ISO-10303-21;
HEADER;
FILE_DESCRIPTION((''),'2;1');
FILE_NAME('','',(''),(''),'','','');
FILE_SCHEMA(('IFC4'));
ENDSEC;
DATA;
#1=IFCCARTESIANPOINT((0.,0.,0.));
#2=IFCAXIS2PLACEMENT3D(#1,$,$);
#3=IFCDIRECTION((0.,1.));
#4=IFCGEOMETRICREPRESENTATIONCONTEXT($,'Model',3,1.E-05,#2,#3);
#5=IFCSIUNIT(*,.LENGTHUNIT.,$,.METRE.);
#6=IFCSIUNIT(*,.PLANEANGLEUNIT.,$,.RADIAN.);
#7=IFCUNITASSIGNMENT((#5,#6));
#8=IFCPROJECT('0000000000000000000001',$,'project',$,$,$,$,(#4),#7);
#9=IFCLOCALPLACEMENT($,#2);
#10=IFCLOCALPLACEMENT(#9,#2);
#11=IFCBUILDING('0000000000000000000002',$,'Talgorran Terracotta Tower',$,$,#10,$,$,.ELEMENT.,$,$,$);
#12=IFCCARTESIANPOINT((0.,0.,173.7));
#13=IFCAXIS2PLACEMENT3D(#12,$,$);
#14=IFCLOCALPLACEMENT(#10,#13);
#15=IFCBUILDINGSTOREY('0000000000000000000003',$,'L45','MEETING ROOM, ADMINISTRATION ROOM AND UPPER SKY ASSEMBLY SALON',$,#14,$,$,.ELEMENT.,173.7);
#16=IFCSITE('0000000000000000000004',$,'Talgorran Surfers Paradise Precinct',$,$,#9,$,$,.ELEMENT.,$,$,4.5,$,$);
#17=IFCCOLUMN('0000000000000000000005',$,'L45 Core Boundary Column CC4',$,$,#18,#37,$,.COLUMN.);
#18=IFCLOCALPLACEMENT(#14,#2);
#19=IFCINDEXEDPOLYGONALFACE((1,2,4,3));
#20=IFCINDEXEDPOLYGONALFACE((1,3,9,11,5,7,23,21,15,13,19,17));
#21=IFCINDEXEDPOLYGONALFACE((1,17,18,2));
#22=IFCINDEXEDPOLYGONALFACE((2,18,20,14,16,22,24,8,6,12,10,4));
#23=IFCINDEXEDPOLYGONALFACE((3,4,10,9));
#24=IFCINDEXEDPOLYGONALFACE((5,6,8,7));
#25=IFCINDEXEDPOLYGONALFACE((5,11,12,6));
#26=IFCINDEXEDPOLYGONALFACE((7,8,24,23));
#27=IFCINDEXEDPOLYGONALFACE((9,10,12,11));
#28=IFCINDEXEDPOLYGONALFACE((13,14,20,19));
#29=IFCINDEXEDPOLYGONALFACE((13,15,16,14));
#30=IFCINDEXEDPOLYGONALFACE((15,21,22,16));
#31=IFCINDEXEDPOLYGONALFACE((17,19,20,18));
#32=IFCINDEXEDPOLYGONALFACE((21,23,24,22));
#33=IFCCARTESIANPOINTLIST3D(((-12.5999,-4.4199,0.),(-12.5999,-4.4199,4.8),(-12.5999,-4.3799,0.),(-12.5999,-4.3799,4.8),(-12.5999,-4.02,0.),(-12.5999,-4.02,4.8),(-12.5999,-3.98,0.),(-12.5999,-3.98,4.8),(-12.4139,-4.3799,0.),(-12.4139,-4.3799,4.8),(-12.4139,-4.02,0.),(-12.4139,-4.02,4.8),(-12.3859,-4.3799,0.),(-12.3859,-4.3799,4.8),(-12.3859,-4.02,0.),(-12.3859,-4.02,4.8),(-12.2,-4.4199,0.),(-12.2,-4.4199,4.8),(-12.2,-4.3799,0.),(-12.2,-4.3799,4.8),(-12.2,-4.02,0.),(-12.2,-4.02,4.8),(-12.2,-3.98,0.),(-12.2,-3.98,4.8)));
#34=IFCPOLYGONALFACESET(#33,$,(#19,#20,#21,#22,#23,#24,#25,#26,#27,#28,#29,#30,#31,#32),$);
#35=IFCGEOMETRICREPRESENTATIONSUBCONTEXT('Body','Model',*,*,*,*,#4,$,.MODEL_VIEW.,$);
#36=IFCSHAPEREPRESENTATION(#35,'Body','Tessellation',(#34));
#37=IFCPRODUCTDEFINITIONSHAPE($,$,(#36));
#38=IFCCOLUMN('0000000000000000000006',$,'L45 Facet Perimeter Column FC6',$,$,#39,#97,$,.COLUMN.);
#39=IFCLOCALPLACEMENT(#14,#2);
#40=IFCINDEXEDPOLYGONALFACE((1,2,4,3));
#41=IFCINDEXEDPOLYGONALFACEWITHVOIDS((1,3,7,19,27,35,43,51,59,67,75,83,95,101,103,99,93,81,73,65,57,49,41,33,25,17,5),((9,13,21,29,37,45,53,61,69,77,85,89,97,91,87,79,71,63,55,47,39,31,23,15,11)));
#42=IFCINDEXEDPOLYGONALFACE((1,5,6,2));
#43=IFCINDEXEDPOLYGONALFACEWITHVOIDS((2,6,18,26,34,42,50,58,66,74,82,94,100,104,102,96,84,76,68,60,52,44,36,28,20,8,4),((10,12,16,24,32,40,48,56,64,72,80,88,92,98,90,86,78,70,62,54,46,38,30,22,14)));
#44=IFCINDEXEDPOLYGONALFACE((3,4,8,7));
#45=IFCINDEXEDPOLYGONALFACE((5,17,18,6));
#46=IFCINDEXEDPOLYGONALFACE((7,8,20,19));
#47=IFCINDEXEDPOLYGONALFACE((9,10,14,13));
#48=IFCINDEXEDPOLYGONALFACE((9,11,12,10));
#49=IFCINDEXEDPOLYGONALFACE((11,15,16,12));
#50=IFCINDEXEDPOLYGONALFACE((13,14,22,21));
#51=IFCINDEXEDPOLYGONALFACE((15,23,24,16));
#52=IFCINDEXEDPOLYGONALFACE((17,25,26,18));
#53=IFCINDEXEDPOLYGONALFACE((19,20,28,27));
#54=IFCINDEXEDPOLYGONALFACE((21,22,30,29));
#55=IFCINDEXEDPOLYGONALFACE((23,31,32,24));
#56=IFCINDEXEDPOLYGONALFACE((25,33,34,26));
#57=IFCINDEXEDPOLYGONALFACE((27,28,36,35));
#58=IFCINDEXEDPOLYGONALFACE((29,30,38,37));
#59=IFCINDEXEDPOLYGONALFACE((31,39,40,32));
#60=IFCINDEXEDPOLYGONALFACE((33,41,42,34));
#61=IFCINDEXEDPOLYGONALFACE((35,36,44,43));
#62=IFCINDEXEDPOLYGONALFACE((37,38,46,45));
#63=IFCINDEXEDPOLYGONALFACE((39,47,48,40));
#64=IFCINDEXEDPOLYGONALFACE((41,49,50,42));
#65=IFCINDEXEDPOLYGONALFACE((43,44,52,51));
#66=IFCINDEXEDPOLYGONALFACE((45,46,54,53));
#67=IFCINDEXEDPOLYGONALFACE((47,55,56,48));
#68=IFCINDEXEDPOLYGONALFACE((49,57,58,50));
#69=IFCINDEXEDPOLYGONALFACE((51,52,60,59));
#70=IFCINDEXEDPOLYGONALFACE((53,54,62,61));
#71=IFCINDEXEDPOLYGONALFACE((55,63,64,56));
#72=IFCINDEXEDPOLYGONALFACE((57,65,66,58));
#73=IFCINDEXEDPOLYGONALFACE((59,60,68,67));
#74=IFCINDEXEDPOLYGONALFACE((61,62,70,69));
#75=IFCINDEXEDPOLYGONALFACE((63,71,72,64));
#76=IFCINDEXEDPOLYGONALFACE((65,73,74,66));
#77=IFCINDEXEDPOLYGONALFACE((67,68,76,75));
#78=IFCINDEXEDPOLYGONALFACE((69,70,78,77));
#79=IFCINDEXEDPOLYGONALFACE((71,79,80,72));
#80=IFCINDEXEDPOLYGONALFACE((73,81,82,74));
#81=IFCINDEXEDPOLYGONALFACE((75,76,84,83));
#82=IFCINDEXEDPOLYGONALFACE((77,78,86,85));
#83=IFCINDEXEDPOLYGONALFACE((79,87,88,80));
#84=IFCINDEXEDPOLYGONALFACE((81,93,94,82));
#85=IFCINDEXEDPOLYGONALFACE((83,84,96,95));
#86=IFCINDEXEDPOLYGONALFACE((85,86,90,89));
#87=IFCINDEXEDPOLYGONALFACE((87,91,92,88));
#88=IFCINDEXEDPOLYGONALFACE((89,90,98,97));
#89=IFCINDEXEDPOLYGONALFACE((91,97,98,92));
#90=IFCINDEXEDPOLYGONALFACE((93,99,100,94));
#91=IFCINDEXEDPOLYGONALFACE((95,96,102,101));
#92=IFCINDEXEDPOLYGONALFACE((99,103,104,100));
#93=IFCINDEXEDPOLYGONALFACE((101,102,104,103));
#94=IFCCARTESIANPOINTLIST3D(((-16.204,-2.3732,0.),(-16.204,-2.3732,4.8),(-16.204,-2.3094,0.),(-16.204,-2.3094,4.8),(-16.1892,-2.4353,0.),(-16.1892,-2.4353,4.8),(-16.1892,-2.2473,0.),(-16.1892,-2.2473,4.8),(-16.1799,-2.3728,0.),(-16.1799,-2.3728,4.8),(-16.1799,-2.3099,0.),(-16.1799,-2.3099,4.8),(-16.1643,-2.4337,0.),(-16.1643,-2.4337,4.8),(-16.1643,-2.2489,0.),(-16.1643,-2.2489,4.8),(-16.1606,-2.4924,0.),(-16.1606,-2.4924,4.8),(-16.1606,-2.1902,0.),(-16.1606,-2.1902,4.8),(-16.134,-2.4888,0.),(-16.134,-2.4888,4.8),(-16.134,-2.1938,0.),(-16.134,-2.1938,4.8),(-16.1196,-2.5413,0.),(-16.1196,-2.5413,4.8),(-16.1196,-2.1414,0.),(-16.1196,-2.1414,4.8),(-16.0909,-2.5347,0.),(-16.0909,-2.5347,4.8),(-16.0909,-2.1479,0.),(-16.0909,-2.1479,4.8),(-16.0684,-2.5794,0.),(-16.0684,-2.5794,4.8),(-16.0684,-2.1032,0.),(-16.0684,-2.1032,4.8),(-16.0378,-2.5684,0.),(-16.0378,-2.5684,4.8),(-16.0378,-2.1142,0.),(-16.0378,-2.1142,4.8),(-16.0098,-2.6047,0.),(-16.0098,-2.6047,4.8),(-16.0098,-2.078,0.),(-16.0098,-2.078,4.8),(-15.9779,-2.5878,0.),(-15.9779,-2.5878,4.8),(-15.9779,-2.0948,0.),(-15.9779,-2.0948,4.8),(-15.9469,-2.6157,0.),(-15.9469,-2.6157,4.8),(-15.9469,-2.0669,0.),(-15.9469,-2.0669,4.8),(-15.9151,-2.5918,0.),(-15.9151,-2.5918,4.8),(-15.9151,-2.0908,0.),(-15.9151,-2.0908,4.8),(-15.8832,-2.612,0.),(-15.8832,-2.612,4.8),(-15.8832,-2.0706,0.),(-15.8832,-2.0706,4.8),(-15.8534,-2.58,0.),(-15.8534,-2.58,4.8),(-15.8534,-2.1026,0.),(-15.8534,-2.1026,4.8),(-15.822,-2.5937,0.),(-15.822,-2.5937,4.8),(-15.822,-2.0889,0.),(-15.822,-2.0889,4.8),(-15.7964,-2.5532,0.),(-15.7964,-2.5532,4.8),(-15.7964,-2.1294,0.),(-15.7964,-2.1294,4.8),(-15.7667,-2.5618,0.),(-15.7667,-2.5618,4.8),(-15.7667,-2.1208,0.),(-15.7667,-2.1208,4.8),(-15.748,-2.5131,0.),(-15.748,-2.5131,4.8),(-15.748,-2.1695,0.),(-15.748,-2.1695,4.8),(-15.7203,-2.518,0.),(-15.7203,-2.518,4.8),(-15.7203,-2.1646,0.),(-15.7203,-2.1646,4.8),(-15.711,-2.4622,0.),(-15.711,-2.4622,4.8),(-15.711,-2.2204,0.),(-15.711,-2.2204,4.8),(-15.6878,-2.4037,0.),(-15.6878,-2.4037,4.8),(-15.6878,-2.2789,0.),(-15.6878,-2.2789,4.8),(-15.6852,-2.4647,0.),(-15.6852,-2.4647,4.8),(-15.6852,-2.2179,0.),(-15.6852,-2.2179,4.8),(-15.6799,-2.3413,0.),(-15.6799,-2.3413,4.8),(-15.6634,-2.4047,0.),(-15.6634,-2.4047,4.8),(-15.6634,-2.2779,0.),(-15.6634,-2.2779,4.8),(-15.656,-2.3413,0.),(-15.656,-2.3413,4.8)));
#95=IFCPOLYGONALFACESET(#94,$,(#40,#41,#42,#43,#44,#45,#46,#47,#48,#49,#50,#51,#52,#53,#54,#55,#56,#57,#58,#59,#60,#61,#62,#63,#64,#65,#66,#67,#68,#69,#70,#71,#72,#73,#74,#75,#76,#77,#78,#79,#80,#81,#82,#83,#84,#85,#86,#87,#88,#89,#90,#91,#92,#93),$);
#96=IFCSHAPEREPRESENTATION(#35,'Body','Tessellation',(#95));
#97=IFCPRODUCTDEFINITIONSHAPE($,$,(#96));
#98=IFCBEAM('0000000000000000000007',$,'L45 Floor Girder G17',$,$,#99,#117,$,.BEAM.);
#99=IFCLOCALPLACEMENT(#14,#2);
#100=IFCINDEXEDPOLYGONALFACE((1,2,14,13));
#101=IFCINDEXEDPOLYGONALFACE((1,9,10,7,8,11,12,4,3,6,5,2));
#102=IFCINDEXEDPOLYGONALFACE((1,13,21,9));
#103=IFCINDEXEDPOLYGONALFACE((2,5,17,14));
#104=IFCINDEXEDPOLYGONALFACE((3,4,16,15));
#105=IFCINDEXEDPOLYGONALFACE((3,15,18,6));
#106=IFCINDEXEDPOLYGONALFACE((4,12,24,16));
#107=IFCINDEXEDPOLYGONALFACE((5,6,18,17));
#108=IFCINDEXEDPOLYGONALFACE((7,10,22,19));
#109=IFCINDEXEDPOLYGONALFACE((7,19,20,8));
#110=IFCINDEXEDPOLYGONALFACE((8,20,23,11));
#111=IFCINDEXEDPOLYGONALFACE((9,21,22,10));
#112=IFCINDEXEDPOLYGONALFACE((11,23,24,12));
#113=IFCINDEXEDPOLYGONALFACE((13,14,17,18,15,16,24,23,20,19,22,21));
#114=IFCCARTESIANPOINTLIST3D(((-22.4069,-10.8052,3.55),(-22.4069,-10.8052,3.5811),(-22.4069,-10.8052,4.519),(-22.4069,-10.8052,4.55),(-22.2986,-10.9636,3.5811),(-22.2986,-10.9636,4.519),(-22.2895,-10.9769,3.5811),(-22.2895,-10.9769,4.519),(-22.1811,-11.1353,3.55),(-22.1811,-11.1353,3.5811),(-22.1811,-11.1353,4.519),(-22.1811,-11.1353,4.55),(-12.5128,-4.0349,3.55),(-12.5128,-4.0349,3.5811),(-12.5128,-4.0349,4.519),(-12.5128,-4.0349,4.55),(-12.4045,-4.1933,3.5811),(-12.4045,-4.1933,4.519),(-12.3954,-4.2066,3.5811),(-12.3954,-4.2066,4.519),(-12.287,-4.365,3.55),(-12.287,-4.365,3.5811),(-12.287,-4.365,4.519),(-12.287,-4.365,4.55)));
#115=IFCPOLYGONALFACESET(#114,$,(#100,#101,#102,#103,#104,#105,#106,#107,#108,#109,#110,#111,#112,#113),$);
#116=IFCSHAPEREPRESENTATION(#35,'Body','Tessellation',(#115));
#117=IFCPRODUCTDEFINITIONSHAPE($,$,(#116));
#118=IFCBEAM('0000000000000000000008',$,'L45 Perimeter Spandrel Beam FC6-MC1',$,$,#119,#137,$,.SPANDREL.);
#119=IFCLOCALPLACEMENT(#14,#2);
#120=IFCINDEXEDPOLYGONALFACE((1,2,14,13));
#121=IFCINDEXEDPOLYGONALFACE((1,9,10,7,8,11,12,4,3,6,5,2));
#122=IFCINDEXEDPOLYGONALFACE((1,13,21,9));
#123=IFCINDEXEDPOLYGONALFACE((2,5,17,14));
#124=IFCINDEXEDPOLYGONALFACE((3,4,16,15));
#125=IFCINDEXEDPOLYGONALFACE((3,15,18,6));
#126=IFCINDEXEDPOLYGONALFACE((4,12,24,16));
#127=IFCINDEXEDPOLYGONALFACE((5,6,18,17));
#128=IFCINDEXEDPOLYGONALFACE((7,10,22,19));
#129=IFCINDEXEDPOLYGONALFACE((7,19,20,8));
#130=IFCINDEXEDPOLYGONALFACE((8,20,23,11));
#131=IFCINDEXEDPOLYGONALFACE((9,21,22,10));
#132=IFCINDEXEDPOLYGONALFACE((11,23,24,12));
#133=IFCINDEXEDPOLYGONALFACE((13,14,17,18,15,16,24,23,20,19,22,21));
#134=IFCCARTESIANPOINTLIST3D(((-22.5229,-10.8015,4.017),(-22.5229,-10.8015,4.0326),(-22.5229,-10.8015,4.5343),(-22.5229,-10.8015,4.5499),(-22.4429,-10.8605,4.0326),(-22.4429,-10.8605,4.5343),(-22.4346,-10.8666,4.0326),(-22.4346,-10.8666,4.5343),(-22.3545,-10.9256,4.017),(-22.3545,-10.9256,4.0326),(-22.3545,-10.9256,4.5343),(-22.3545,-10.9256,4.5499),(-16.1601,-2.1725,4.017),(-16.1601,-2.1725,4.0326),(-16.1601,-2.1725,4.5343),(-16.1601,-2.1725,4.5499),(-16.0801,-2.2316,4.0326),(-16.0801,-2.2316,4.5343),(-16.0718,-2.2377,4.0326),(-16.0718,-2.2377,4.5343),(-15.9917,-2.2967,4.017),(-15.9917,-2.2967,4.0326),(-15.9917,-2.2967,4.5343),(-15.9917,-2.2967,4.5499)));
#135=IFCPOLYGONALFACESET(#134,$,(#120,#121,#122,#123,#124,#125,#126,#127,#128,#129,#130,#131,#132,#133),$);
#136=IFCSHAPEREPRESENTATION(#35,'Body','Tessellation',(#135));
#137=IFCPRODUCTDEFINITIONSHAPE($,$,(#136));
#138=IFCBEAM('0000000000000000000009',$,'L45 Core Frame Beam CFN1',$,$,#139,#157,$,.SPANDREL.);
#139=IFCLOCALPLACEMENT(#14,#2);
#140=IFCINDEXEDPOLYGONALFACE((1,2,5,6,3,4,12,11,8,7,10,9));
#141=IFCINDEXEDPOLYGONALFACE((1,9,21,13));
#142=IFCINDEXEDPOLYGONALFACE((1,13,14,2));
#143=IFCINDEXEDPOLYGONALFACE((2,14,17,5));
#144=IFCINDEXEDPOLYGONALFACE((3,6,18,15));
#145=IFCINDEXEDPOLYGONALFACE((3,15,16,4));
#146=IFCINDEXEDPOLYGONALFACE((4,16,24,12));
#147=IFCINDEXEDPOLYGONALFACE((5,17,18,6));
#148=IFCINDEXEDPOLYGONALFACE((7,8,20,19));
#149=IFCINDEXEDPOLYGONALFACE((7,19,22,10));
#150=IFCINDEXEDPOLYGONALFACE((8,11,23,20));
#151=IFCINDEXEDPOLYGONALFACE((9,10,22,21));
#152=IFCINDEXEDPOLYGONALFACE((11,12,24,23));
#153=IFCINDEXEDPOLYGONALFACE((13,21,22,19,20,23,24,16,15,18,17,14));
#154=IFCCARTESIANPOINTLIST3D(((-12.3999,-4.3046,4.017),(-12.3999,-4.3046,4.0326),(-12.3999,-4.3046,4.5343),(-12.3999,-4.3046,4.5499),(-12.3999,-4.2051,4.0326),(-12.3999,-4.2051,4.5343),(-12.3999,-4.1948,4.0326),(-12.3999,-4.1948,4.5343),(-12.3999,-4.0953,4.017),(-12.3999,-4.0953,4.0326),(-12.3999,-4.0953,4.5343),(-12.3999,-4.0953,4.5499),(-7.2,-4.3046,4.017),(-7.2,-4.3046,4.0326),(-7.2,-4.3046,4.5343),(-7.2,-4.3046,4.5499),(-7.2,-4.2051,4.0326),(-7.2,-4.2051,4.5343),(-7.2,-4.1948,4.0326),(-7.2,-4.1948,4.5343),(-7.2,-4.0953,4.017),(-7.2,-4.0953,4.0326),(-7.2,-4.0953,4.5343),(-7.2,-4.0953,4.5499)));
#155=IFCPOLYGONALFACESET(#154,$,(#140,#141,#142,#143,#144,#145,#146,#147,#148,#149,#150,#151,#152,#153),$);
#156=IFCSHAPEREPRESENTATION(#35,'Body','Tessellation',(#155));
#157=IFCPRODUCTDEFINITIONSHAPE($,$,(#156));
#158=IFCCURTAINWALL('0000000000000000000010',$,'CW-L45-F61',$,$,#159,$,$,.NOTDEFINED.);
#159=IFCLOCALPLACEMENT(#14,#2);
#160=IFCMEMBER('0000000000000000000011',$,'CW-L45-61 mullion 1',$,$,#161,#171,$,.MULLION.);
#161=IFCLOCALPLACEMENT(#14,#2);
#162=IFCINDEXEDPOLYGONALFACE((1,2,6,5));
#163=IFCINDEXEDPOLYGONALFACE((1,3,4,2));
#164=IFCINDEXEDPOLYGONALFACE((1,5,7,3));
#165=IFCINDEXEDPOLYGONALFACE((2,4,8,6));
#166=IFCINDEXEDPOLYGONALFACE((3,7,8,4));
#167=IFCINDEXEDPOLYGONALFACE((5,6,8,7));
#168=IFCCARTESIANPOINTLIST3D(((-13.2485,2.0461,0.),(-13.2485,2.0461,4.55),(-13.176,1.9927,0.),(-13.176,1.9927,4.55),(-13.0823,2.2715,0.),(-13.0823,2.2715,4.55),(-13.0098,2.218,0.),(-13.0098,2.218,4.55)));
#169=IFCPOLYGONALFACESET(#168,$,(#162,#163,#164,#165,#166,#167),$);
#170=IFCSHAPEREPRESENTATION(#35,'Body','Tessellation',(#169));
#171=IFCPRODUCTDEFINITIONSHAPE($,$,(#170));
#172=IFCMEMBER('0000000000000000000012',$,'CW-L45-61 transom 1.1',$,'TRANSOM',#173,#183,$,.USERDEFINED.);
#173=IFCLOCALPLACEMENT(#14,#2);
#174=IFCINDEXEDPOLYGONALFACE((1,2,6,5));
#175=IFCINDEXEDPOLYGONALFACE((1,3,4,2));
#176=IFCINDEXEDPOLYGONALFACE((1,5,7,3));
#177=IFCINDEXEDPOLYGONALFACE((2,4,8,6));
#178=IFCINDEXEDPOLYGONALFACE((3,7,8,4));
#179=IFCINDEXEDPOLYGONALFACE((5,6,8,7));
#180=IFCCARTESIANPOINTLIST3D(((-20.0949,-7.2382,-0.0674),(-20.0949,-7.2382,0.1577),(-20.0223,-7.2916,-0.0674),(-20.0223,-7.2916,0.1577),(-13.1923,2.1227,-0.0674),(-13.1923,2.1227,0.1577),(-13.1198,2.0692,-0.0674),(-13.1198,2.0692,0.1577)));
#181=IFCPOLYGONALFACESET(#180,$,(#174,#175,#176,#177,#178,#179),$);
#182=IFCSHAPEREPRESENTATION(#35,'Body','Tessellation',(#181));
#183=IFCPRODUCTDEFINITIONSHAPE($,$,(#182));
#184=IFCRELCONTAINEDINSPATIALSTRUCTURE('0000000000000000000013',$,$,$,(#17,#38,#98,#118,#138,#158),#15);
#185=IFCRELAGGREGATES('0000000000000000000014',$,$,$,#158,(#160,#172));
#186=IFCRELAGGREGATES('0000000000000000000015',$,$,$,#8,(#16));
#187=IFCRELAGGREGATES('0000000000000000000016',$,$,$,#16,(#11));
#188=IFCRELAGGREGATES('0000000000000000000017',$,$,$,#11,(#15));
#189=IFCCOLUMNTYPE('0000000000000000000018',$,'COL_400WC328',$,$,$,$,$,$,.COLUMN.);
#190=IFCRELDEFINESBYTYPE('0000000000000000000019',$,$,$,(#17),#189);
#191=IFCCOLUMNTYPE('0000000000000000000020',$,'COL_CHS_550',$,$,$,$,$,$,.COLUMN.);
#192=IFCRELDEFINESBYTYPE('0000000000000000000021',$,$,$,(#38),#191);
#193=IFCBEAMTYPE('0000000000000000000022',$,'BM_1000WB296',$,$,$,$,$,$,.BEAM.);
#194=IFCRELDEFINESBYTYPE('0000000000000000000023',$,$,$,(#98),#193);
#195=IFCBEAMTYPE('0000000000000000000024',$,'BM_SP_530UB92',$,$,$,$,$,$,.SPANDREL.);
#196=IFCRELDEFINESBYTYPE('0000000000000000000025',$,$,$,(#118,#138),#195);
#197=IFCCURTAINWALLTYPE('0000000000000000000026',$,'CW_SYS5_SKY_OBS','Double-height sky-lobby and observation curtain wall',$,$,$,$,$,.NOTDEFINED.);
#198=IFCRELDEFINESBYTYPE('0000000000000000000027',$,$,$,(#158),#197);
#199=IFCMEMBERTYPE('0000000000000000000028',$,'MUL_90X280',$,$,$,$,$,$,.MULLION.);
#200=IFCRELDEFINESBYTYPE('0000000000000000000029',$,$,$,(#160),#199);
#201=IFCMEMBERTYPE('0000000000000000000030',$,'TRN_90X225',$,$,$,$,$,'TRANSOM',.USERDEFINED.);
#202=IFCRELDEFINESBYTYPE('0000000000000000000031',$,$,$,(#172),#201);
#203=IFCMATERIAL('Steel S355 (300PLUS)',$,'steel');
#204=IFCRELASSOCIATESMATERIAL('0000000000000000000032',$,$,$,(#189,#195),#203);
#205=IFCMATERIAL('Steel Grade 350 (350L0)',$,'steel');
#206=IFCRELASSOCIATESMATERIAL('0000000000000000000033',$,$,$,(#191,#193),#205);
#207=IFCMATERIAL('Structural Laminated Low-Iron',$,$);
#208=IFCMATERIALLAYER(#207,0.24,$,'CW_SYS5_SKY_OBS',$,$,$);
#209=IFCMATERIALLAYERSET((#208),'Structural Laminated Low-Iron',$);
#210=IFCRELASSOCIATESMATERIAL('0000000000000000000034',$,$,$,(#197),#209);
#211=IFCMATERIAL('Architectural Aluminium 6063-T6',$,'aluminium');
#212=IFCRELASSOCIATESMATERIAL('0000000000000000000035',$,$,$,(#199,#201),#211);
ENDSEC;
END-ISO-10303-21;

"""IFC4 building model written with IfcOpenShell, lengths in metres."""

from ifc_helpers import new_model, si_unit, direction, frame, origin, origin_2d, place, context, subcontext, project, spatial, rectangle, hollow_circle, i_section, extrude, material, layer, layer_set, material_profile, profile_set, type_object, element, aggregate, save


model = new_model("IFC4")

# Units and contexts
model_context = context("Model", 3, precision=1e-05, world=origin(), true_north=direction((0.0, 1.0)))
body_context = subcontext(model_context, "Body", "Model", "MODEL_VIEW")
ifc_project = project(units=[si_unit("LENGTHUNIT", "METRE"), si_unit("PLANEANGLEUNIT", "RADIAN")], contexts=[model_context])

# Site, building, storey
site_placement = place(None, origin())
site = spatial("IfcSite", under=ifc_project, at=site_placement, Name="Talgorran Surfers Paradise Precinct", CompositionType="ELEMENT", RefElevation=4.5)
building_placement = place(site_placement, origin())
building = spatial("IfcBuilding", under=site, at=building_placement, Name="Talgorran Terracotta Tower", CompositionType="ELEMENT")
storey_placement = place(building_placement, frame((0.0, 0.0, 173.7)))
storey = spatial("IfcBuildingStorey", under=building, at=storey_placement, Name="L45", Description="MEETING ROOM, ADMINISTRATION ROOM AND UPPER SKY ASSEMBLY SALON", CompositionType="ELEMENT", Elevation=173.7)

# Columns
ifc_material_1 = material(Name="Steel S355 (300PLUS)", Category="steel")
ifc_material_profile_1 = material_profile(ifc_material_1, i_section(OverallWidth=0.3999, OverallDepth=0.4399, WebThickness=0.0281, FlangeThickness=0.04, at=origin_2d()), Name="400WC328")
ifc_profile_set_1 = profile_set([ifc_material_profile_1], Name="Steel S355 (300PLUS)")
column_type_1 = type_object("IfcColumnType", Name="COL_400WC328", PredefinedType="COLUMN", material=ifc_profile_set_1)
column_1_placement = place(storey_placement, frame((-12.3999, -4.2, 0.0), z_axis=(0.0, 0.0, 1.0), x_axis=(1.0, 0.0, 0.0)))
element("IfcColumn", 1, at=column_1_placement, inside=storey, type_object=column_type_1, Name="L45 Core Boundary Column CC4", PredefinedType="COLUMN", context=body_context, shape_type="SweptSolid", body=[
    extrude(i_section(OverallWidth=0.3999, OverallDepth=0.4399, WebThickness=0.0281, FlangeThickness=0.04, at=origin_2d()), origin(), (0.0, 0.0, 1.0), 4.8),
])
ifc_material_2 = material(Name="Steel Grade 350 (350L0)", Category="steel")
ifc_material_profile_2 = material_profile(ifc_material_2, hollow_circle(Radius=0.2749, WallThickness=0.0239, at=origin_2d()), Name="CHS550X24")
ifc_profile_set_2 = profile_set([ifc_material_profile_2], Name="Steel Grade 350 (350L0)")
column_type_2 = type_object("IfcColumnType", Name="COL_CHS_550", PredefinedType="COLUMN", material=ifc_profile_set_2)
column_2_placement = place(storey_placement, frame((-15.9309, -2.3413, 0.0), z_axis=(0.0, 0.0, 1.0), x_axis=(1.0, 0.0, 0.0)))
element("IfcColumn", 2, at=column_2_placement, inside=storey, type_object=column_type_2, Name="L45 Facet Perimeter Column FC6", PredefinedType="COLUMN", context=body_context, shape_type="SweptSolid", body=[
    extrude(hollow_circle(Radius=0.2749, WallThickness=0.0239, at=origin_2d()), origin(), (0.0, 0.0, 1.0), 4.8),
])

# Beams
ifc_material_profile_3 = material_profile(ifc_material_2, i_section(OverallWidth=0.3999, OverallDepth=1.0, WebThickness=0.0161, FlangeThickness=0.031, at=origin_2d()), Name="1000WB296")
ifc_profile_set_3 = profile_set([ifc_material_profile_3], Name="Steel Grade 350 (350L0)")
beam_type_1 = type_object("IfcBeamType", Name="BM_1000WB296", PredefinedType="BEAM", material=ifc_profile_set_3)
beam_1_placement = place(storey_placement, frame((-12.3999, -4.2, 4.05), z_axis=(-0.825282, -0.564721, 0.0), x_axis=(0.564721, -0.825282, 0.0)))
element("IfcBeam", 3, at=beam_1_placement, inside=storey, type_object=beam_type_1, Name="L45 Floor Girder G17", PredefinedType="BEAM", context=body_context, shape_type="SweptSolid", body=[
    extrude(i_section(OverallWidth=0.3999, OverallDepth=1.0, WebThickness=0.0161, FlangeThickness=0.031, at=origin_2d()), origin(), (0.0, 0.0, 1.0), 11.9888),
])
ifc_material_profile_4 = material_profile(ifc_material_1, i_section(OverallWidth=0.2092, OverallDepth=0.533, WebThickness=0.0103, FlangeThickness=0.0156, at=origin_2d()), Name="530UB92.4")
ifc_profile_set_4 = profile_set([ifc_material_profile_4], Name="Steel S355 (300PLUS)")
beam_type_2 = type_object("IfcBeamType", Name="BM_SP_530UB92", PredefinedType="SPANDREL", material=ifc_profile_set_4)
beam_2_placement = place(storey_placement, frame((-16.0759, -2.2346, 4.2834), z_axis=(-0.59348, -0.804849, 0.0), x_axis=(0.804849, -0.59348, 0.0)))
element("IfcBeam", 4, at=beam_2_placement, inside=storey, type_object=beam_type_2, Name="L45 Perimeter Spandrel Beam FC6-MC1", PredefinedType="SPANDREL", context=body_context, shape_type="SweptSolid", body=[
    extrude(i_section(OverallWidth=0.2092, OverallDepth=0.533, WebThickness=0.0103, FlangeThickness=0.0156, at=origin_2d()), origin(), (0.0, 0.0, 1.0), 10.7212),
])
beam_3_placement = place(storey_placement, frame((-12.3999, -4.2, 4.2834), z_axis=(1.0, 0.0, 0.0), x_axis=(0.0, 1.0, 0.0)))
element("IfcBeam", 5, at=beam_3_placement, inside=storey, type_object=beam_type_2, Name="L45 Core Frame Beam CFN1", PredefinedType="SPANDREL", context=body_context, shape_type="SweptSolid", body=[
    extrude(i_section(OverallWidth=0.2092, OverallDepth=0.533, WebThickness=0.0103, FlangeThickness=0.0156, at=origin_2d()), origin(), (0.0, 0.0, 1.0), 5.2),
])

# Curtain wall, members
ifc_material_3 = material(Name="Structural Laminated Low-Iron")
ifc_layer_1 = layer(ifc_material_3, 0.24, Name="CW_SYS5_SKY_OBS")
ifc_layer_set_1 = layer_set([ifc_layer_1], Name="Structural Laminated Low-Iron")
curtain_wall_type = type_object("IfcCurtainWallType", Name="CW_SYS5_SKY_OBS", Description="Double-height sky-lobby and observation curtain wall", PredefinedType="NOTDEFINED", material=ifc_layer_set_1)
curtain_wall_placement = place(storey_placement, origin())
curtain_wall = element("IfcCurtainWall", 6, at=curtain_wall_placement, inside=storey, type_object=curtain_wall_type, Name="CW-L45-F61", PredefinedType="NOTDEFINED")
ifc_material_4 = material(Name="Architectural Aluminium 6063-T6", Category="aluminium")
ifc_material_profile_5 = material_profile(ifc_material_4, rectangle(XDim=0.0901, YDim=0.28, at=origin_2d()), Name="CWM90X280")
ifc_profile_set_5 = profile_set([ifc_material_profile_5], Name="Architectural Aluminium 6063-T6")
member_type_1 = type_object("IfcMemberType", Name="MUL_90X280", PredefinedType="MULLION", material=ifc_profile_set_5)
member_1_placement = place(storey_placement, frame((-13.1292, 2.1321, 0.0), z_axis=(0.0, 0.0, 1.0), x_axis=(0.804838, -0.593494, 0.0)))
member_1 = element("IfcMember", 7, at=member_1_placement, type_object=member_type_1, Name="CW-L45-61 mullion 1", PredefinedType="MULLION", context=body_context, shape_type="SweptSolid", body=[
    extrude(rectangle(XDim=0.0901, YDim=0.28, at=origin_2d()), origin(), (0.0, 0.0, 1.0), 4.55),
])
ifc_material_profile_6 = material_profile(ifc_material_4, rectangle(XDim=0.0901, YDim=0.2251, at=origin_2d()), Name="CWT90X225")
ifc_profile_set_6 = profile_set([ifc_material_profile_6], Name="Architectural Aluminium 6063-T6")
member_type_2 = type_object("IfcMemberType", Name="TRN_90X225", ElementType="TRANSOM", PredefinedType="USERDEFINED", material=ifc_profile_set_6)
member_2_placement = place(storey_placement, frame((-13.156, 2.0959, 0.0452), z_axis=(-0.593485, -0.804845, 0.0), x_axis=(0.804845, -0.593485, 0.0)))
member_2 = element("IfcMember", 8, at=member_2_placement, type_object=member_type_2, Name="CW-L45-61 transom 1.1", ObjectType="TRANSOM", PredefinedType="USERDEFINED", context=body_context, shape_type="SweptSolid", body=[
    extrude(rectangle(XDim=0.0901, YDim=0.2251, at=origin_2d()), origin(), (0.0, 0.0, 1.0), 11.6306),
])
aggregate(curtain_wall, [member_1, member_2])

save(model, "model.ifc")
